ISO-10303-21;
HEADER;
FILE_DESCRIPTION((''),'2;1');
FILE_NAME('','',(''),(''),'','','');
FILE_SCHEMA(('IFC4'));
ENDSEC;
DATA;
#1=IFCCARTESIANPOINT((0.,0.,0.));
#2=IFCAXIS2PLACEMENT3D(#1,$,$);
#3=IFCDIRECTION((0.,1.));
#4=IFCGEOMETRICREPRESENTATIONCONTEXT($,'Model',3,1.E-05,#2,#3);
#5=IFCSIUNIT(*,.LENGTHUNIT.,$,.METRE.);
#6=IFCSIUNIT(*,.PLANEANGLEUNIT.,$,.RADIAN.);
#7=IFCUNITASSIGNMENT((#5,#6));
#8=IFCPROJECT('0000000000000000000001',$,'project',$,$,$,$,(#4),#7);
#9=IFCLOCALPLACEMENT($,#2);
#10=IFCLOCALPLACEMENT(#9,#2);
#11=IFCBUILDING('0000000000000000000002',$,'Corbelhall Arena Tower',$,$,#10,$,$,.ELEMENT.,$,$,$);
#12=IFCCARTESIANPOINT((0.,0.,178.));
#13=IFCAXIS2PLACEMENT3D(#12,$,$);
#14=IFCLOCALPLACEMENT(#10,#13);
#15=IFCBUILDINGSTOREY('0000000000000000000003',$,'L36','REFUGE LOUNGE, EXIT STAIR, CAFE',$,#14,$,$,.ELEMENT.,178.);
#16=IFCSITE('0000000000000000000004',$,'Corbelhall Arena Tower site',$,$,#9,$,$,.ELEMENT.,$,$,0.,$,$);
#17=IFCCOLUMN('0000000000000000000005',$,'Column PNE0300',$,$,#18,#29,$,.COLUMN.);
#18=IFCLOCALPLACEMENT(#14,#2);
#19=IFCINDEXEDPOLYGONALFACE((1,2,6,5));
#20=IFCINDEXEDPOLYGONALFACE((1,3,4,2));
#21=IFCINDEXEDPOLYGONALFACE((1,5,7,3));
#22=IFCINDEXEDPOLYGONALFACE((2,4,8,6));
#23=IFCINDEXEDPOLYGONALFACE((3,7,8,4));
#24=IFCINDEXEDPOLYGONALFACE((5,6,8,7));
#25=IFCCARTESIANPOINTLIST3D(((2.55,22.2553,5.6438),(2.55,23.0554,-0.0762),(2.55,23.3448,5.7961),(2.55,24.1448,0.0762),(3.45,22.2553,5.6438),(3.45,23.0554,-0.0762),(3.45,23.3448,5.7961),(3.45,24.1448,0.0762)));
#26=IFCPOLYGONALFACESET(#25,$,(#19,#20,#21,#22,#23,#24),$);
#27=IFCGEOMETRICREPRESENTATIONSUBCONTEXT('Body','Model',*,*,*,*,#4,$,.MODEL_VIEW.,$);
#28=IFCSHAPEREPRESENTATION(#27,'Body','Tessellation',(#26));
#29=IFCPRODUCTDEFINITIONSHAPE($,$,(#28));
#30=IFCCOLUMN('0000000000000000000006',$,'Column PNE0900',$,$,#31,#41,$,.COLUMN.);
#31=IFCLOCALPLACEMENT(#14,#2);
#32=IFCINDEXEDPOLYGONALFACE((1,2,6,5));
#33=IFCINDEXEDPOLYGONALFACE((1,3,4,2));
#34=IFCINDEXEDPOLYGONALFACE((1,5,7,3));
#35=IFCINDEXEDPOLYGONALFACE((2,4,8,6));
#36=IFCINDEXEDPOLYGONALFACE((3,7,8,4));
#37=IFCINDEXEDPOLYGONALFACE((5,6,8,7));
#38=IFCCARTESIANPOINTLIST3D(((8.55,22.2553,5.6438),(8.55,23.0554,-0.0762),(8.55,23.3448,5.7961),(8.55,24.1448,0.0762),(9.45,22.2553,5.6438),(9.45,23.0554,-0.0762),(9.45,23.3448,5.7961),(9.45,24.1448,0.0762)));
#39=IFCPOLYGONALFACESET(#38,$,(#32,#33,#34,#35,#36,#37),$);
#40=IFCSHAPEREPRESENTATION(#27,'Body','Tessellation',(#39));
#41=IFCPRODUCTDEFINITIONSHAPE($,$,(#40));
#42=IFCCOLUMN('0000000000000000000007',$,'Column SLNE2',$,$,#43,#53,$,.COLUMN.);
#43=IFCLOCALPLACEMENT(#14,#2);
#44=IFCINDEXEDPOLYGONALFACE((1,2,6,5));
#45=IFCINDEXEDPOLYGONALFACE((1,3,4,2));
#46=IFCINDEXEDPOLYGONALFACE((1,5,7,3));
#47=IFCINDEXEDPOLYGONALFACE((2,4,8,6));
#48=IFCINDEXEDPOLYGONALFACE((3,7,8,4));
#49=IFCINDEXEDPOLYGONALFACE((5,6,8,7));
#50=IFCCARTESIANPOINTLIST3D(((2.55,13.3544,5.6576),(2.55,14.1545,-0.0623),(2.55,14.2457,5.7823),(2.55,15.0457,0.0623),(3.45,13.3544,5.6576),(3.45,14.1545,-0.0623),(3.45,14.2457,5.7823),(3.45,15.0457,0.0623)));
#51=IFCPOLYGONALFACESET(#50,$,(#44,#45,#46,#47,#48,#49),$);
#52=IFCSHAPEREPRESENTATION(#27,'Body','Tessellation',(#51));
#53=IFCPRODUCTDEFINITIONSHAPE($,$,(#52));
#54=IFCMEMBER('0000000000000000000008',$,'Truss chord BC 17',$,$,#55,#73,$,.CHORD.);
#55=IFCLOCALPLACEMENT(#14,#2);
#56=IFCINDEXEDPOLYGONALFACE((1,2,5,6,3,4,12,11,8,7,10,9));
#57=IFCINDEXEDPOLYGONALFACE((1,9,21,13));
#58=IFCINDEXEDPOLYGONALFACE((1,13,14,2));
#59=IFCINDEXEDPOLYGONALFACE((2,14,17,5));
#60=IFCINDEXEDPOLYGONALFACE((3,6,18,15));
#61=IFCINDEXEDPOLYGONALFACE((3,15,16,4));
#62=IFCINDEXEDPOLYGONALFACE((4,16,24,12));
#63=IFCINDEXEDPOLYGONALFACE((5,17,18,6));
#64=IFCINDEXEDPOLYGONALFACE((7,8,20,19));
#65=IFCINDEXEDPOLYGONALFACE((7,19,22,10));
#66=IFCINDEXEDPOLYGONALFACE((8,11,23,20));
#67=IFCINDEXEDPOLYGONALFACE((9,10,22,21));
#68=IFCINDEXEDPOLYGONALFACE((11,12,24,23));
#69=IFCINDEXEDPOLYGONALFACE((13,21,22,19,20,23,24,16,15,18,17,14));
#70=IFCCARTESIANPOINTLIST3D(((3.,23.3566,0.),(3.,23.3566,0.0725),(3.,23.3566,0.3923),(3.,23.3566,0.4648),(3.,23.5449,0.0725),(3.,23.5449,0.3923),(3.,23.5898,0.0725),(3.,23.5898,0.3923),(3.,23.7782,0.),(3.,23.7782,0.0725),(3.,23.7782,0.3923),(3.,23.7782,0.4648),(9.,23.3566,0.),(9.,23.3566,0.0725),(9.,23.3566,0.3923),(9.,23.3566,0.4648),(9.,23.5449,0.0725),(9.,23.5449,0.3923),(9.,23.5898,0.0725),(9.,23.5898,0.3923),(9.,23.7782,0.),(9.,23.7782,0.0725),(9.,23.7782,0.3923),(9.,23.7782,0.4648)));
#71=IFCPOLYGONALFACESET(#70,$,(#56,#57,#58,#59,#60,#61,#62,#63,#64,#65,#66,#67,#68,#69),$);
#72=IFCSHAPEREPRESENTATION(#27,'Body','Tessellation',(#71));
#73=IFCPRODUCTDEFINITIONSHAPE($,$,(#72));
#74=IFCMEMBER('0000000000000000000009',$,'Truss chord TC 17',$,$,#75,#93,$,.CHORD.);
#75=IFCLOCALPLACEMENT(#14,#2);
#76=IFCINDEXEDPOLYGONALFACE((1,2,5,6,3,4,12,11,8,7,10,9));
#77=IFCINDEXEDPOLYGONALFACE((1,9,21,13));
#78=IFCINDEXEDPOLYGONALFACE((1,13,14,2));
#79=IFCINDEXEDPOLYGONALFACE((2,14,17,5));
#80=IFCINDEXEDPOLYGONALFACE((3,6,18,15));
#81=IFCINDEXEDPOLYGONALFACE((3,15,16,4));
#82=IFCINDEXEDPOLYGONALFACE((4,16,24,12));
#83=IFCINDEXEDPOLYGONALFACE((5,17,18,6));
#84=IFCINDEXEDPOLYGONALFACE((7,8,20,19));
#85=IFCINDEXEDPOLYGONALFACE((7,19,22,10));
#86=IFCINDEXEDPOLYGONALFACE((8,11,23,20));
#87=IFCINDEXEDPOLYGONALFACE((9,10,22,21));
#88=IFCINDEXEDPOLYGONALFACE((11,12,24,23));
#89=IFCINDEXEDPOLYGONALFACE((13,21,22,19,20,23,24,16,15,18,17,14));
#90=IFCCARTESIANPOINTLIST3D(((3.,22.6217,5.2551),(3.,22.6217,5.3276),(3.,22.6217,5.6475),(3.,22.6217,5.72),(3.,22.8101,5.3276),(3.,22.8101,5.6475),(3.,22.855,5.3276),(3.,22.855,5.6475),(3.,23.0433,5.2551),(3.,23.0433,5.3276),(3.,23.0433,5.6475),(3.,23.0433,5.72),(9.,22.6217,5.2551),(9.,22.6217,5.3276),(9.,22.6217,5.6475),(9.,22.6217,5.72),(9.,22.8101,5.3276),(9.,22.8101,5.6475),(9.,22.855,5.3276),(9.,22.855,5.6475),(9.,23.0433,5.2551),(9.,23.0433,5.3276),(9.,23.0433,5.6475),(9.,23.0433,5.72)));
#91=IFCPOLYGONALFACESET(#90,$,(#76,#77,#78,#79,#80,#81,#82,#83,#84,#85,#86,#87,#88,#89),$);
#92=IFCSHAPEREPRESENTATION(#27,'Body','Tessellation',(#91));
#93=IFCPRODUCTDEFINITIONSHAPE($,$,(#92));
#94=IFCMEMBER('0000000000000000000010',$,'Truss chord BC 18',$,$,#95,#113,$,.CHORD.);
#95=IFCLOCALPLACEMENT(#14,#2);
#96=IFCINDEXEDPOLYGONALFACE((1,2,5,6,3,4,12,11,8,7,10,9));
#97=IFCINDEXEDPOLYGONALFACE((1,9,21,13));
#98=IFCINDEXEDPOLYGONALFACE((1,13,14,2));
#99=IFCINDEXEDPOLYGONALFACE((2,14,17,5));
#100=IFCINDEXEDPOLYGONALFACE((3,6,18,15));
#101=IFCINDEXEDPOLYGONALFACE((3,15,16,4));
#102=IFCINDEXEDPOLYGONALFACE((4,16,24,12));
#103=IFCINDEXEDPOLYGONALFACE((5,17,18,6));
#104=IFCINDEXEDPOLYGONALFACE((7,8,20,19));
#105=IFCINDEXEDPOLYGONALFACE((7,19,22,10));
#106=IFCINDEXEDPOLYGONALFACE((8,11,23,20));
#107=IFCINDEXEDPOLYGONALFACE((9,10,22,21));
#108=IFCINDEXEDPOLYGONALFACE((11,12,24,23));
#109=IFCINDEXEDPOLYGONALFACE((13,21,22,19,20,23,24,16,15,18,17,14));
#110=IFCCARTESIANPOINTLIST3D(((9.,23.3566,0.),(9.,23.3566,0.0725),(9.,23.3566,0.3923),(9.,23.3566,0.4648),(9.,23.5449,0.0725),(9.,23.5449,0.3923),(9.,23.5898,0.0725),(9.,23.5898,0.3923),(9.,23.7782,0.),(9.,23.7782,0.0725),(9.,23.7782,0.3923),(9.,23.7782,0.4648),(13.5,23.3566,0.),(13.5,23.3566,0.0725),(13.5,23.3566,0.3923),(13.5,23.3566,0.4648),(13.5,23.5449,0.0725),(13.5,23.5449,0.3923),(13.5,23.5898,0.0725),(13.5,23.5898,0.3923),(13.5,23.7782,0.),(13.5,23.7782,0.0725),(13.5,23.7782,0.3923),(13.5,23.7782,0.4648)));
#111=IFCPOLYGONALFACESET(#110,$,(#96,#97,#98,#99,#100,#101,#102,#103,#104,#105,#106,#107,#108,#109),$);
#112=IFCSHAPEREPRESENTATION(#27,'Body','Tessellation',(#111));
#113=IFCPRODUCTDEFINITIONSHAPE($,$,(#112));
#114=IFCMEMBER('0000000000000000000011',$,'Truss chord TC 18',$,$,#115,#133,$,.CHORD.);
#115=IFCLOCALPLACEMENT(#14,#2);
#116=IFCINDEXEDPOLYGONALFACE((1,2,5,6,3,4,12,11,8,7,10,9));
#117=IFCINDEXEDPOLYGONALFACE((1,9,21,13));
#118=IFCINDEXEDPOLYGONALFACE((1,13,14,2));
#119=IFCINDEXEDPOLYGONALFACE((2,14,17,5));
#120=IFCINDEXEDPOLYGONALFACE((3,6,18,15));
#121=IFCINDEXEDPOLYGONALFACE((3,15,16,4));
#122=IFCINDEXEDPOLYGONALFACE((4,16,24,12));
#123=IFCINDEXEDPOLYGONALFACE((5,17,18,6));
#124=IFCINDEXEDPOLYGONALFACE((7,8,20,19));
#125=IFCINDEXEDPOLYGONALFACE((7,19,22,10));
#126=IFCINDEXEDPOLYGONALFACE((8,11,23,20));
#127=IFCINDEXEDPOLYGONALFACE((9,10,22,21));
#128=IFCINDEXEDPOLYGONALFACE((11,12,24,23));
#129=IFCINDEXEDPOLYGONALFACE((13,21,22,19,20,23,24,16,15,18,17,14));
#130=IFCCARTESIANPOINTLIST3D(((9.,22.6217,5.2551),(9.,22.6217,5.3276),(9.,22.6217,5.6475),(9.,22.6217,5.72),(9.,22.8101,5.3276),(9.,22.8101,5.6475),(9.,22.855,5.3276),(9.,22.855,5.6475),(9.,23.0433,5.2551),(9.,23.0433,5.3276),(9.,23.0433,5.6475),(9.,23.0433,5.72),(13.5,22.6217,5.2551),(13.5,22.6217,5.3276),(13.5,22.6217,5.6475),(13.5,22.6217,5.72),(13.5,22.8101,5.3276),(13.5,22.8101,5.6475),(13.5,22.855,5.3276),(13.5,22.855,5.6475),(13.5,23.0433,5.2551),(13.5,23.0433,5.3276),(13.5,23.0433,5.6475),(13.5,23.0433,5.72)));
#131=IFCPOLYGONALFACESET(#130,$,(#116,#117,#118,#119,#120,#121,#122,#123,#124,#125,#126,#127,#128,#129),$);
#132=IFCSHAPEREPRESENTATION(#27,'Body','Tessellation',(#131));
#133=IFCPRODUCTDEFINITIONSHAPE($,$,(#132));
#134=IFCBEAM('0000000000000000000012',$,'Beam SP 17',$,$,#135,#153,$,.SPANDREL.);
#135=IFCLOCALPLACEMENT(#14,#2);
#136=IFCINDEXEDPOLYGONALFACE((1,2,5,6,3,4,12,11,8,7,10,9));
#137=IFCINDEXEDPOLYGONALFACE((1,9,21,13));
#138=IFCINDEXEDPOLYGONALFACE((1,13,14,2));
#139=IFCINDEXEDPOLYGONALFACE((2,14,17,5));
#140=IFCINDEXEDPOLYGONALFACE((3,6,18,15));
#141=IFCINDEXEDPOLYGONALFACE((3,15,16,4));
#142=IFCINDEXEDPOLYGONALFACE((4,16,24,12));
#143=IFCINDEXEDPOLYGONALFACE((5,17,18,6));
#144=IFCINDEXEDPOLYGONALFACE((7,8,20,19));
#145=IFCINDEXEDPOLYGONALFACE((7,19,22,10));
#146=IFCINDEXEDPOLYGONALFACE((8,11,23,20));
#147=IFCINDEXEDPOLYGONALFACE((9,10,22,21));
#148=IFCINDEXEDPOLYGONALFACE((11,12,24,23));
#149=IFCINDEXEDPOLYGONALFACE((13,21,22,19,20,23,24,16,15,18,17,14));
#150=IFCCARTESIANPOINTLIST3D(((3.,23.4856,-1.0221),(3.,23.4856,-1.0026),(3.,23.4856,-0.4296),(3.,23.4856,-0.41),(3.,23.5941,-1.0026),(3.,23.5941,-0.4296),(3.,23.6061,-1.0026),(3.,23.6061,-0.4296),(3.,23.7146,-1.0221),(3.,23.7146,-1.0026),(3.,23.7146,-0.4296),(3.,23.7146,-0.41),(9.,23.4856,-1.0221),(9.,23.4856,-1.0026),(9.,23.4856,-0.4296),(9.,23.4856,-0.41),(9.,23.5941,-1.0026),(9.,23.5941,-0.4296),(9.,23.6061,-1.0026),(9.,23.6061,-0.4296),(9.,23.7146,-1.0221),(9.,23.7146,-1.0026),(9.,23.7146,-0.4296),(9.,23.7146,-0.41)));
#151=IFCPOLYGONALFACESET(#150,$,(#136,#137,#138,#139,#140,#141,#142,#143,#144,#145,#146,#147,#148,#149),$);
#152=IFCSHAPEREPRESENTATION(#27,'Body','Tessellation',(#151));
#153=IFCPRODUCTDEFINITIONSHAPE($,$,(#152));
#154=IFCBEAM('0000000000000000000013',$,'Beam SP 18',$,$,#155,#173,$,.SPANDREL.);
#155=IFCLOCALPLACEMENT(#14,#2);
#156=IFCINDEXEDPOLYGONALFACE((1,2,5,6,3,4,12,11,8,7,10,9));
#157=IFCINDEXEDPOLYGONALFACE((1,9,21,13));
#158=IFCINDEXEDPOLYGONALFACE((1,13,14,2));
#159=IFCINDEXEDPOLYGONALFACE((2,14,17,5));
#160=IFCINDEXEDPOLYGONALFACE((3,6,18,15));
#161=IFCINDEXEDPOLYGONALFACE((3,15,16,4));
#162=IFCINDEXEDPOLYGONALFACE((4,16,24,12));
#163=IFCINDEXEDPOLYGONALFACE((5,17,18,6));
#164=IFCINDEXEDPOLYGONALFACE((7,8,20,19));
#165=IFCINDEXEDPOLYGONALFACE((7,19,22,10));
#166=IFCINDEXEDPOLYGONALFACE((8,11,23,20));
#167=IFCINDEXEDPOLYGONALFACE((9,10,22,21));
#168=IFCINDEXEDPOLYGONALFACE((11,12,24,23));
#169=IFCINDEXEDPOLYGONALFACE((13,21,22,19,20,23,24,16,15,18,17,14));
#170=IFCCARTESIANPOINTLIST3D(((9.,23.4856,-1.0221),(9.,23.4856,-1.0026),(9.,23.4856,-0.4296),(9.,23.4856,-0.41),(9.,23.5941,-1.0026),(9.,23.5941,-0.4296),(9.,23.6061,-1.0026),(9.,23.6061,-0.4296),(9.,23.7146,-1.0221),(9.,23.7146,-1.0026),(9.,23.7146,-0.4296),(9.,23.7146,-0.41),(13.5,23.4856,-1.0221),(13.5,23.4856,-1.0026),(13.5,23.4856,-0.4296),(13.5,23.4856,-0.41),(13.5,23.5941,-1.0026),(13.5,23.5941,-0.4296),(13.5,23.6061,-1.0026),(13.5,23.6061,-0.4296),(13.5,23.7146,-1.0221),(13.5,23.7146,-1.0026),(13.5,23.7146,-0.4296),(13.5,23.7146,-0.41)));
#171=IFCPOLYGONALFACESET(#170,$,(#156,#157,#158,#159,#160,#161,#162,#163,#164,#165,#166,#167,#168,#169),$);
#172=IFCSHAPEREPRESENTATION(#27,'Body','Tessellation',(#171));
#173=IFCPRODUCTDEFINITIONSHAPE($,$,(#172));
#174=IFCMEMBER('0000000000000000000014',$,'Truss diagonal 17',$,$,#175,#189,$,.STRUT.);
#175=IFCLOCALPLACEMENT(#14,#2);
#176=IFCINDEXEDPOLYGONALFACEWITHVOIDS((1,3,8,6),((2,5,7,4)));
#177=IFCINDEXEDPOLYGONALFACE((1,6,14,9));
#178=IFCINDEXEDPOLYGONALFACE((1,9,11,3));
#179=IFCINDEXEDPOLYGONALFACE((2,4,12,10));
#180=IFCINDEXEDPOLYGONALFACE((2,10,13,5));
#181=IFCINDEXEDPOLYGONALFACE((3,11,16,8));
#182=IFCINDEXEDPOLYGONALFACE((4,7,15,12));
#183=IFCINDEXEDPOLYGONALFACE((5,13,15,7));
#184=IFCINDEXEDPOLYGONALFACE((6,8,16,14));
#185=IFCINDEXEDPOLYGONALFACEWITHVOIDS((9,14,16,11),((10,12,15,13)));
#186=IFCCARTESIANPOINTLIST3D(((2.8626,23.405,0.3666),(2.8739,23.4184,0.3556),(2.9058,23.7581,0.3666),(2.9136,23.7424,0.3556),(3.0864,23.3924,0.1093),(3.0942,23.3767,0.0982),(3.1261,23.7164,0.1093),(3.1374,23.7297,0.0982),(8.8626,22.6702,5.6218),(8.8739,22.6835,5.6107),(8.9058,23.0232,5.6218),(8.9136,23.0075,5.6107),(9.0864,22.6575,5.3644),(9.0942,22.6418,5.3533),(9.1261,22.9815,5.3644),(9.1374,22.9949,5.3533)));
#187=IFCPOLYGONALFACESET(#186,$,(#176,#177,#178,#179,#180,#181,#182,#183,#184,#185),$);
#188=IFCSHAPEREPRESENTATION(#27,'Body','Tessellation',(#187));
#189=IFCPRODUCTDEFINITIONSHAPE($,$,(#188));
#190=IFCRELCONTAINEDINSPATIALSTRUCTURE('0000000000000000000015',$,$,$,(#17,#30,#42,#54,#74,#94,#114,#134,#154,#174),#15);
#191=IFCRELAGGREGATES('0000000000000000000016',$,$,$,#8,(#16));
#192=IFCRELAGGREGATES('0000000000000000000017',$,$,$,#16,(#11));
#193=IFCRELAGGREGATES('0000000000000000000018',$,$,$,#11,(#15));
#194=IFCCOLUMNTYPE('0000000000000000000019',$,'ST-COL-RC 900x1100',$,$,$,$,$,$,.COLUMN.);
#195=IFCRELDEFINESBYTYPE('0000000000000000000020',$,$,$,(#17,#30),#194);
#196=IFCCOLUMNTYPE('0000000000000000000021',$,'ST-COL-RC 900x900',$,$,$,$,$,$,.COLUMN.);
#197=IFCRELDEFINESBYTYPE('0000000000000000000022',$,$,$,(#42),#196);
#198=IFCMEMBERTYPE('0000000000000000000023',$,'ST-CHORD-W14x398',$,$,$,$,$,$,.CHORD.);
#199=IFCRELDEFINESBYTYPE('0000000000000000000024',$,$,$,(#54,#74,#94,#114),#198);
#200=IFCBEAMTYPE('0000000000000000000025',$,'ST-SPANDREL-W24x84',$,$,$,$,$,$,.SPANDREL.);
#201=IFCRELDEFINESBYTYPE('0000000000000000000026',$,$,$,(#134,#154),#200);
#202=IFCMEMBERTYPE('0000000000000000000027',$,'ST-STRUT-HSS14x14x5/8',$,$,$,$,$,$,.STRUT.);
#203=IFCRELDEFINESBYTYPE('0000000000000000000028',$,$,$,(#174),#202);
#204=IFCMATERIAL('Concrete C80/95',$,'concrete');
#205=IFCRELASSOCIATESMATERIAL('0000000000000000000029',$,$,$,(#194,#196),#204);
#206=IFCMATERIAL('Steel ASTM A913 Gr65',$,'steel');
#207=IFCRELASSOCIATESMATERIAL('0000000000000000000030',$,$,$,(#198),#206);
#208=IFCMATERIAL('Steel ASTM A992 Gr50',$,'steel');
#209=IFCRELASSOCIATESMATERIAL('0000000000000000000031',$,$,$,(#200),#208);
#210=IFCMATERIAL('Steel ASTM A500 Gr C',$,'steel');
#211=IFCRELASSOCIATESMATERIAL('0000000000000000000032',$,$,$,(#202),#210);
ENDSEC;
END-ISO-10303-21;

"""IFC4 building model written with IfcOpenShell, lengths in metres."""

from ifc_helpers import new_model, si_unit, direction, frame, origin, origin_2d, place, context, subcontext, project, spatial, rectangle, hollow_rectangle, i_section, extrude, material, material_profile, profile_set, type_object, element, save


model = new_model("IFC4")

# Units and contexts
model_context = context("Model", 3, precision=1e-05, world=origin(), true_north=direction((0.0, 1.0)))
body_context = subcontext(model_context, "Body", "Model", "MODEL_VIEW")
ifc_project = project(units=[si_unit("LENGTHUNIT", "METRE"), si_unit("PLANEANGLEUNIT", "RADIAN")], contexts=[model_context])

# Site, building, storey
site_placement = place(None, origin())
site = spatial("IfcSite", under=ifc_project, at=site_placement, Name="Corbelhall Arena Tower site", CompositionType="ELEMENT", RefElevation=0.0)
building_placement = place(site_placement, origin())
building = spatial("IfcBuilding", under=site, at=building_placement, Name="Corbelhall Arena Tower", CompositionType="ELEMENT")
storey_placement = place(building_placement, frame((0.0, 0.0, 178.0)))
storey = spatial("IfcBuildingStorey", under=building, at=storey_placement, Name="L36", Description="REFUGE LOUNGE, EXIT STAIR, CAFE", CompositionType="ELEMENT", Elevation=178.0)

# Columns
ifc_material_1 = material(Name="Concrete C80/95", Category="concrete")
ifc_material_profile_1 = material_profile(ifc_material_1, rectangle(XDim=0.8999, YDim=1.1001, at=origin_2d()))
ifc_profile_set_1 = profile_set([ifc_material_profile_1], Name="Concrete C80/95")
column_type_1 = type_object("IfcColumnType", Name="ST-COL-RC 900x1100", PredefinedType="COLUMN", material=ifc_profile_set_1)
for number, where, z_axis, x_axis, name in (
    (1, (3.0, 23.6001, 0.0), (0.0, -0.138521, 0.990359), (1.0, 0.0, 0.0), "Column PNE0300"),
    (2, (9.0, 23.6001, 0.0), (0.0, -0.138521, 0.990359), (1.0, 0.0, 0.0), "Column PNE0900"),
):
    element("IfcColumn", number, at=place(storey_placement, frame(where, z_axis=z_axis, x_axis=x_axis)), inside=storey, type_object=column_type_1, Name=name, PredefinedType="COLUMN", context=body_context, shape_type="SweptSolid", body=[
        extrude(rectangle(XDim=0.8999, YDim=1.1001, at=origin_2d()), origin(), (0.0, 0.0, 1.0), 5.7756),
    ])
ifc_material_profile_2 = material_profile(ifc_material_1, rectangle(XDim=0.8999, YDim=0.8999, at=origin_2d()))
ifc_profile_set_2 = profile_set([ifc_material_profile_2], Name="Concrete C80/95")
column_type_2 = type_object("IfcColumnType", Name="ST-COL-RC 900x900", PredefinedType="COLUMN", material=ifc_profile_set_2)
column_placement = place(storey_placement, frame((3.0, 14.6001, 0.0), z_axis=(0.0, -0.138521, 0.990359), x_axis=(1.0, 0.0, 0.0)))
element("IfcColumn", 3, at=column_placement, inside=storey, type_object=column_type_2, Name="Column SLNE2", PredefinedType="COLUMN", context=body_context, shape_type="SweptSolid", body=[
    extrude(rectangle(XDim=0.8999, YDim=0.8999, at=origin_2d()), origin(), (0.0, 0.0, 1.0), 5.7756),
])

# Members
ifc_material_2 = material(Name="Steel ASTM A913 Gr65", Category="steel")
ifc_material_profile_3 = material_profile(ifc_material_2, i_section(OverallWidth=0.4216, OverallDepth=0.4648, WebThickness=0.0449, FlangeThickness=0.0725, at=origin_2d()))
ifc_profile_set_3 = profile_set([ifc_material_profile_3], Name="Steel ASTM A913 Gr65")
member_type_1 = type_object("IfcMemberType", Name="ST-CHORD-W14x398", PredefinedType="CHORD", material=ifc_profile_set_3)
for number, where, z_axis, x_axis, name in (
    (4, (3.0, 23.5674, 0.2324), (1.0, 0.0, 0.0), (0.0, 1.0, 0.0), "Truss chord BC 17"),
    (5, (3.0, 22.8325, 5.4875), (1.0, 0.0, 0.0), (0.0, 1.0, 0.0), "Truss chord TC 17"),
):
    element("IfcMember", number, at=place(storey_placement, frame(where, z_axis=z_axis, x_axis=x_axis)), inside=storey, type_object=member_type_1, Name=name, PredefinedType="CHORD", context=body_context, shape_type="SweptSolid", body=[
        extrude(i_section(OverallWidth=0.4216, OverallDepth=0.4648, WebThickness=0.0449, FlangeThickness=0.0725, at=origin_2d()), origin(), (0.0, 0.0, 1.0), 6.0),
    ])
for number, where, z_axis, x_axis, name in (
    (6, (9.0, 23.5674, 0.2324), (1.0, 0.0, 0.0), (0.0, 1.0, 0.0), "Truss chord BC 18"),
    (7, (9.0, 22.8325, 5.4875), (1.0, 0.0, 0.0), (0.0, 1.0, 0.0), "Truss chord TC 18"),
):
    element("IfcMember", number, at=place(storey_placement, frame(where, z_axis=z_axis, x_axis=x_axis)), inside=storey, type_object=member_type_1, Name=name, PredefinedType="CHORD", context=body_context, shape_type="SweptSolid", body=[
        extrude(i_section(OverallWidth=0.4216, OverallDepth=0.4648, WebThickness=0.0449, FlangeThickness=0.0725, at=origin_2d()), origin(), (0.0, 0.0, 1.0), 4.5),
    ])

# Beams
ifc_material_3 = material(Name="Steel ASTM A992 Gr50", Category="steel")
ifc_material_profile_4 = material_profile(ifc_material_3, i_section(OverallWidth=0.229, OverallDepth=0.6121, WebThickness=0.012, FlangeThickness=0.0195, at=origin_2d()))
ifc_profile_set_4 = profile_set([ifc_material_profile_4], Name="Steel ASTM A992 Gr50")
beam_type = type_object("IfcBeamType", Name="ST-SPANDREL-W24x84", PredefinedType="SPANDREL", material=ifc_profile_set_4)
beam_1_placement = place(storey_placement, frame((3.0, 23.6001, -0.7161), z_axis=(1.0, 0.0, 0.0), x_axis=(0.0, 1.0, 0.0)))
element("IfcBeam", 8, at=beam_1_placement, inside=storey, type_object=beam_type, Name="Beam SP 17", PredefinedType="SPANDREL", context=body_context, shape_type="SweptSolid", body=[
    extrude(i_section(OverallWidth=0.229, OverallDepth=0.6121, WebThickness=0.012, FlangeThickness=0.0195, at=origin_2d()), origin(), (0.0, 0.0, 1.0), 6.0),
])
beam_2_placement = place(storey_placement, frame((9.0, 23.6001, -0.7161), z_axis=(1.0, 0.0, 0.0), x_axis=(0.0, 1.0, 0.0)))
element("IfcBeam", 9, at=beam_2_placement, inside=storey, type_object=beam_type, Name="Beam SP 18", PredefinedType="SPANDREL", context=body_context, shape_type="SweptSolid", body=[
    extrude(i_section(OverallWidth=0.229, OverallDepth=0.6121, WebThickness=0.012, FlangeThickness=0.0195, at=origin_2d()), origin(), (0.0, 0.0, 1.0), 4.5),
])

# Member
ifc_material_4 = material(Name="Steel ASTM A500 Gr C", Category="steel")
ifc_material_profile_5 = material_profile(ifc_material_4, hollow_rectangle(XDim=0.3557, YDim=0.3557, WallThickness=0.0146, at=origin_2d()))
ifc_profile_set_5 = profile_set([ifc_material_profile_5], Name="Steel ASTM A500 Gr C")
member_type_2 = type_object("IfcMemberType", Name="ST-STRUT-HSS14x14x5/8", PredefinedType="STRUT", material=ifc_profile_set_5)
for number, where, z_axis, x_axis, name in (
    (10, (3.0, 23.5674, 0.2324), (0.749085, -0.091746, 0.65609), (0.121569, 0.992583, 0.0), "Truss diagonal 17"),
):
    element("IfcMember", number, at=place(storey_placement, frame(where, z_axis=z_axis, x_axis=x_axis)), inside=storey, type_object=member_type_2, Name=name, PredefinedType="STRUT", context=body_context, shape_type="SweptSolid", body=[
        extrude(hollow_rectangle(XDim=0.3557, YDim=0.3557, WallThickness=0.0146, at=origin_2d()), origin(), (0.0, 0.0, 1.0), 8.0098),
    ])

save(model, "model.ifc")
